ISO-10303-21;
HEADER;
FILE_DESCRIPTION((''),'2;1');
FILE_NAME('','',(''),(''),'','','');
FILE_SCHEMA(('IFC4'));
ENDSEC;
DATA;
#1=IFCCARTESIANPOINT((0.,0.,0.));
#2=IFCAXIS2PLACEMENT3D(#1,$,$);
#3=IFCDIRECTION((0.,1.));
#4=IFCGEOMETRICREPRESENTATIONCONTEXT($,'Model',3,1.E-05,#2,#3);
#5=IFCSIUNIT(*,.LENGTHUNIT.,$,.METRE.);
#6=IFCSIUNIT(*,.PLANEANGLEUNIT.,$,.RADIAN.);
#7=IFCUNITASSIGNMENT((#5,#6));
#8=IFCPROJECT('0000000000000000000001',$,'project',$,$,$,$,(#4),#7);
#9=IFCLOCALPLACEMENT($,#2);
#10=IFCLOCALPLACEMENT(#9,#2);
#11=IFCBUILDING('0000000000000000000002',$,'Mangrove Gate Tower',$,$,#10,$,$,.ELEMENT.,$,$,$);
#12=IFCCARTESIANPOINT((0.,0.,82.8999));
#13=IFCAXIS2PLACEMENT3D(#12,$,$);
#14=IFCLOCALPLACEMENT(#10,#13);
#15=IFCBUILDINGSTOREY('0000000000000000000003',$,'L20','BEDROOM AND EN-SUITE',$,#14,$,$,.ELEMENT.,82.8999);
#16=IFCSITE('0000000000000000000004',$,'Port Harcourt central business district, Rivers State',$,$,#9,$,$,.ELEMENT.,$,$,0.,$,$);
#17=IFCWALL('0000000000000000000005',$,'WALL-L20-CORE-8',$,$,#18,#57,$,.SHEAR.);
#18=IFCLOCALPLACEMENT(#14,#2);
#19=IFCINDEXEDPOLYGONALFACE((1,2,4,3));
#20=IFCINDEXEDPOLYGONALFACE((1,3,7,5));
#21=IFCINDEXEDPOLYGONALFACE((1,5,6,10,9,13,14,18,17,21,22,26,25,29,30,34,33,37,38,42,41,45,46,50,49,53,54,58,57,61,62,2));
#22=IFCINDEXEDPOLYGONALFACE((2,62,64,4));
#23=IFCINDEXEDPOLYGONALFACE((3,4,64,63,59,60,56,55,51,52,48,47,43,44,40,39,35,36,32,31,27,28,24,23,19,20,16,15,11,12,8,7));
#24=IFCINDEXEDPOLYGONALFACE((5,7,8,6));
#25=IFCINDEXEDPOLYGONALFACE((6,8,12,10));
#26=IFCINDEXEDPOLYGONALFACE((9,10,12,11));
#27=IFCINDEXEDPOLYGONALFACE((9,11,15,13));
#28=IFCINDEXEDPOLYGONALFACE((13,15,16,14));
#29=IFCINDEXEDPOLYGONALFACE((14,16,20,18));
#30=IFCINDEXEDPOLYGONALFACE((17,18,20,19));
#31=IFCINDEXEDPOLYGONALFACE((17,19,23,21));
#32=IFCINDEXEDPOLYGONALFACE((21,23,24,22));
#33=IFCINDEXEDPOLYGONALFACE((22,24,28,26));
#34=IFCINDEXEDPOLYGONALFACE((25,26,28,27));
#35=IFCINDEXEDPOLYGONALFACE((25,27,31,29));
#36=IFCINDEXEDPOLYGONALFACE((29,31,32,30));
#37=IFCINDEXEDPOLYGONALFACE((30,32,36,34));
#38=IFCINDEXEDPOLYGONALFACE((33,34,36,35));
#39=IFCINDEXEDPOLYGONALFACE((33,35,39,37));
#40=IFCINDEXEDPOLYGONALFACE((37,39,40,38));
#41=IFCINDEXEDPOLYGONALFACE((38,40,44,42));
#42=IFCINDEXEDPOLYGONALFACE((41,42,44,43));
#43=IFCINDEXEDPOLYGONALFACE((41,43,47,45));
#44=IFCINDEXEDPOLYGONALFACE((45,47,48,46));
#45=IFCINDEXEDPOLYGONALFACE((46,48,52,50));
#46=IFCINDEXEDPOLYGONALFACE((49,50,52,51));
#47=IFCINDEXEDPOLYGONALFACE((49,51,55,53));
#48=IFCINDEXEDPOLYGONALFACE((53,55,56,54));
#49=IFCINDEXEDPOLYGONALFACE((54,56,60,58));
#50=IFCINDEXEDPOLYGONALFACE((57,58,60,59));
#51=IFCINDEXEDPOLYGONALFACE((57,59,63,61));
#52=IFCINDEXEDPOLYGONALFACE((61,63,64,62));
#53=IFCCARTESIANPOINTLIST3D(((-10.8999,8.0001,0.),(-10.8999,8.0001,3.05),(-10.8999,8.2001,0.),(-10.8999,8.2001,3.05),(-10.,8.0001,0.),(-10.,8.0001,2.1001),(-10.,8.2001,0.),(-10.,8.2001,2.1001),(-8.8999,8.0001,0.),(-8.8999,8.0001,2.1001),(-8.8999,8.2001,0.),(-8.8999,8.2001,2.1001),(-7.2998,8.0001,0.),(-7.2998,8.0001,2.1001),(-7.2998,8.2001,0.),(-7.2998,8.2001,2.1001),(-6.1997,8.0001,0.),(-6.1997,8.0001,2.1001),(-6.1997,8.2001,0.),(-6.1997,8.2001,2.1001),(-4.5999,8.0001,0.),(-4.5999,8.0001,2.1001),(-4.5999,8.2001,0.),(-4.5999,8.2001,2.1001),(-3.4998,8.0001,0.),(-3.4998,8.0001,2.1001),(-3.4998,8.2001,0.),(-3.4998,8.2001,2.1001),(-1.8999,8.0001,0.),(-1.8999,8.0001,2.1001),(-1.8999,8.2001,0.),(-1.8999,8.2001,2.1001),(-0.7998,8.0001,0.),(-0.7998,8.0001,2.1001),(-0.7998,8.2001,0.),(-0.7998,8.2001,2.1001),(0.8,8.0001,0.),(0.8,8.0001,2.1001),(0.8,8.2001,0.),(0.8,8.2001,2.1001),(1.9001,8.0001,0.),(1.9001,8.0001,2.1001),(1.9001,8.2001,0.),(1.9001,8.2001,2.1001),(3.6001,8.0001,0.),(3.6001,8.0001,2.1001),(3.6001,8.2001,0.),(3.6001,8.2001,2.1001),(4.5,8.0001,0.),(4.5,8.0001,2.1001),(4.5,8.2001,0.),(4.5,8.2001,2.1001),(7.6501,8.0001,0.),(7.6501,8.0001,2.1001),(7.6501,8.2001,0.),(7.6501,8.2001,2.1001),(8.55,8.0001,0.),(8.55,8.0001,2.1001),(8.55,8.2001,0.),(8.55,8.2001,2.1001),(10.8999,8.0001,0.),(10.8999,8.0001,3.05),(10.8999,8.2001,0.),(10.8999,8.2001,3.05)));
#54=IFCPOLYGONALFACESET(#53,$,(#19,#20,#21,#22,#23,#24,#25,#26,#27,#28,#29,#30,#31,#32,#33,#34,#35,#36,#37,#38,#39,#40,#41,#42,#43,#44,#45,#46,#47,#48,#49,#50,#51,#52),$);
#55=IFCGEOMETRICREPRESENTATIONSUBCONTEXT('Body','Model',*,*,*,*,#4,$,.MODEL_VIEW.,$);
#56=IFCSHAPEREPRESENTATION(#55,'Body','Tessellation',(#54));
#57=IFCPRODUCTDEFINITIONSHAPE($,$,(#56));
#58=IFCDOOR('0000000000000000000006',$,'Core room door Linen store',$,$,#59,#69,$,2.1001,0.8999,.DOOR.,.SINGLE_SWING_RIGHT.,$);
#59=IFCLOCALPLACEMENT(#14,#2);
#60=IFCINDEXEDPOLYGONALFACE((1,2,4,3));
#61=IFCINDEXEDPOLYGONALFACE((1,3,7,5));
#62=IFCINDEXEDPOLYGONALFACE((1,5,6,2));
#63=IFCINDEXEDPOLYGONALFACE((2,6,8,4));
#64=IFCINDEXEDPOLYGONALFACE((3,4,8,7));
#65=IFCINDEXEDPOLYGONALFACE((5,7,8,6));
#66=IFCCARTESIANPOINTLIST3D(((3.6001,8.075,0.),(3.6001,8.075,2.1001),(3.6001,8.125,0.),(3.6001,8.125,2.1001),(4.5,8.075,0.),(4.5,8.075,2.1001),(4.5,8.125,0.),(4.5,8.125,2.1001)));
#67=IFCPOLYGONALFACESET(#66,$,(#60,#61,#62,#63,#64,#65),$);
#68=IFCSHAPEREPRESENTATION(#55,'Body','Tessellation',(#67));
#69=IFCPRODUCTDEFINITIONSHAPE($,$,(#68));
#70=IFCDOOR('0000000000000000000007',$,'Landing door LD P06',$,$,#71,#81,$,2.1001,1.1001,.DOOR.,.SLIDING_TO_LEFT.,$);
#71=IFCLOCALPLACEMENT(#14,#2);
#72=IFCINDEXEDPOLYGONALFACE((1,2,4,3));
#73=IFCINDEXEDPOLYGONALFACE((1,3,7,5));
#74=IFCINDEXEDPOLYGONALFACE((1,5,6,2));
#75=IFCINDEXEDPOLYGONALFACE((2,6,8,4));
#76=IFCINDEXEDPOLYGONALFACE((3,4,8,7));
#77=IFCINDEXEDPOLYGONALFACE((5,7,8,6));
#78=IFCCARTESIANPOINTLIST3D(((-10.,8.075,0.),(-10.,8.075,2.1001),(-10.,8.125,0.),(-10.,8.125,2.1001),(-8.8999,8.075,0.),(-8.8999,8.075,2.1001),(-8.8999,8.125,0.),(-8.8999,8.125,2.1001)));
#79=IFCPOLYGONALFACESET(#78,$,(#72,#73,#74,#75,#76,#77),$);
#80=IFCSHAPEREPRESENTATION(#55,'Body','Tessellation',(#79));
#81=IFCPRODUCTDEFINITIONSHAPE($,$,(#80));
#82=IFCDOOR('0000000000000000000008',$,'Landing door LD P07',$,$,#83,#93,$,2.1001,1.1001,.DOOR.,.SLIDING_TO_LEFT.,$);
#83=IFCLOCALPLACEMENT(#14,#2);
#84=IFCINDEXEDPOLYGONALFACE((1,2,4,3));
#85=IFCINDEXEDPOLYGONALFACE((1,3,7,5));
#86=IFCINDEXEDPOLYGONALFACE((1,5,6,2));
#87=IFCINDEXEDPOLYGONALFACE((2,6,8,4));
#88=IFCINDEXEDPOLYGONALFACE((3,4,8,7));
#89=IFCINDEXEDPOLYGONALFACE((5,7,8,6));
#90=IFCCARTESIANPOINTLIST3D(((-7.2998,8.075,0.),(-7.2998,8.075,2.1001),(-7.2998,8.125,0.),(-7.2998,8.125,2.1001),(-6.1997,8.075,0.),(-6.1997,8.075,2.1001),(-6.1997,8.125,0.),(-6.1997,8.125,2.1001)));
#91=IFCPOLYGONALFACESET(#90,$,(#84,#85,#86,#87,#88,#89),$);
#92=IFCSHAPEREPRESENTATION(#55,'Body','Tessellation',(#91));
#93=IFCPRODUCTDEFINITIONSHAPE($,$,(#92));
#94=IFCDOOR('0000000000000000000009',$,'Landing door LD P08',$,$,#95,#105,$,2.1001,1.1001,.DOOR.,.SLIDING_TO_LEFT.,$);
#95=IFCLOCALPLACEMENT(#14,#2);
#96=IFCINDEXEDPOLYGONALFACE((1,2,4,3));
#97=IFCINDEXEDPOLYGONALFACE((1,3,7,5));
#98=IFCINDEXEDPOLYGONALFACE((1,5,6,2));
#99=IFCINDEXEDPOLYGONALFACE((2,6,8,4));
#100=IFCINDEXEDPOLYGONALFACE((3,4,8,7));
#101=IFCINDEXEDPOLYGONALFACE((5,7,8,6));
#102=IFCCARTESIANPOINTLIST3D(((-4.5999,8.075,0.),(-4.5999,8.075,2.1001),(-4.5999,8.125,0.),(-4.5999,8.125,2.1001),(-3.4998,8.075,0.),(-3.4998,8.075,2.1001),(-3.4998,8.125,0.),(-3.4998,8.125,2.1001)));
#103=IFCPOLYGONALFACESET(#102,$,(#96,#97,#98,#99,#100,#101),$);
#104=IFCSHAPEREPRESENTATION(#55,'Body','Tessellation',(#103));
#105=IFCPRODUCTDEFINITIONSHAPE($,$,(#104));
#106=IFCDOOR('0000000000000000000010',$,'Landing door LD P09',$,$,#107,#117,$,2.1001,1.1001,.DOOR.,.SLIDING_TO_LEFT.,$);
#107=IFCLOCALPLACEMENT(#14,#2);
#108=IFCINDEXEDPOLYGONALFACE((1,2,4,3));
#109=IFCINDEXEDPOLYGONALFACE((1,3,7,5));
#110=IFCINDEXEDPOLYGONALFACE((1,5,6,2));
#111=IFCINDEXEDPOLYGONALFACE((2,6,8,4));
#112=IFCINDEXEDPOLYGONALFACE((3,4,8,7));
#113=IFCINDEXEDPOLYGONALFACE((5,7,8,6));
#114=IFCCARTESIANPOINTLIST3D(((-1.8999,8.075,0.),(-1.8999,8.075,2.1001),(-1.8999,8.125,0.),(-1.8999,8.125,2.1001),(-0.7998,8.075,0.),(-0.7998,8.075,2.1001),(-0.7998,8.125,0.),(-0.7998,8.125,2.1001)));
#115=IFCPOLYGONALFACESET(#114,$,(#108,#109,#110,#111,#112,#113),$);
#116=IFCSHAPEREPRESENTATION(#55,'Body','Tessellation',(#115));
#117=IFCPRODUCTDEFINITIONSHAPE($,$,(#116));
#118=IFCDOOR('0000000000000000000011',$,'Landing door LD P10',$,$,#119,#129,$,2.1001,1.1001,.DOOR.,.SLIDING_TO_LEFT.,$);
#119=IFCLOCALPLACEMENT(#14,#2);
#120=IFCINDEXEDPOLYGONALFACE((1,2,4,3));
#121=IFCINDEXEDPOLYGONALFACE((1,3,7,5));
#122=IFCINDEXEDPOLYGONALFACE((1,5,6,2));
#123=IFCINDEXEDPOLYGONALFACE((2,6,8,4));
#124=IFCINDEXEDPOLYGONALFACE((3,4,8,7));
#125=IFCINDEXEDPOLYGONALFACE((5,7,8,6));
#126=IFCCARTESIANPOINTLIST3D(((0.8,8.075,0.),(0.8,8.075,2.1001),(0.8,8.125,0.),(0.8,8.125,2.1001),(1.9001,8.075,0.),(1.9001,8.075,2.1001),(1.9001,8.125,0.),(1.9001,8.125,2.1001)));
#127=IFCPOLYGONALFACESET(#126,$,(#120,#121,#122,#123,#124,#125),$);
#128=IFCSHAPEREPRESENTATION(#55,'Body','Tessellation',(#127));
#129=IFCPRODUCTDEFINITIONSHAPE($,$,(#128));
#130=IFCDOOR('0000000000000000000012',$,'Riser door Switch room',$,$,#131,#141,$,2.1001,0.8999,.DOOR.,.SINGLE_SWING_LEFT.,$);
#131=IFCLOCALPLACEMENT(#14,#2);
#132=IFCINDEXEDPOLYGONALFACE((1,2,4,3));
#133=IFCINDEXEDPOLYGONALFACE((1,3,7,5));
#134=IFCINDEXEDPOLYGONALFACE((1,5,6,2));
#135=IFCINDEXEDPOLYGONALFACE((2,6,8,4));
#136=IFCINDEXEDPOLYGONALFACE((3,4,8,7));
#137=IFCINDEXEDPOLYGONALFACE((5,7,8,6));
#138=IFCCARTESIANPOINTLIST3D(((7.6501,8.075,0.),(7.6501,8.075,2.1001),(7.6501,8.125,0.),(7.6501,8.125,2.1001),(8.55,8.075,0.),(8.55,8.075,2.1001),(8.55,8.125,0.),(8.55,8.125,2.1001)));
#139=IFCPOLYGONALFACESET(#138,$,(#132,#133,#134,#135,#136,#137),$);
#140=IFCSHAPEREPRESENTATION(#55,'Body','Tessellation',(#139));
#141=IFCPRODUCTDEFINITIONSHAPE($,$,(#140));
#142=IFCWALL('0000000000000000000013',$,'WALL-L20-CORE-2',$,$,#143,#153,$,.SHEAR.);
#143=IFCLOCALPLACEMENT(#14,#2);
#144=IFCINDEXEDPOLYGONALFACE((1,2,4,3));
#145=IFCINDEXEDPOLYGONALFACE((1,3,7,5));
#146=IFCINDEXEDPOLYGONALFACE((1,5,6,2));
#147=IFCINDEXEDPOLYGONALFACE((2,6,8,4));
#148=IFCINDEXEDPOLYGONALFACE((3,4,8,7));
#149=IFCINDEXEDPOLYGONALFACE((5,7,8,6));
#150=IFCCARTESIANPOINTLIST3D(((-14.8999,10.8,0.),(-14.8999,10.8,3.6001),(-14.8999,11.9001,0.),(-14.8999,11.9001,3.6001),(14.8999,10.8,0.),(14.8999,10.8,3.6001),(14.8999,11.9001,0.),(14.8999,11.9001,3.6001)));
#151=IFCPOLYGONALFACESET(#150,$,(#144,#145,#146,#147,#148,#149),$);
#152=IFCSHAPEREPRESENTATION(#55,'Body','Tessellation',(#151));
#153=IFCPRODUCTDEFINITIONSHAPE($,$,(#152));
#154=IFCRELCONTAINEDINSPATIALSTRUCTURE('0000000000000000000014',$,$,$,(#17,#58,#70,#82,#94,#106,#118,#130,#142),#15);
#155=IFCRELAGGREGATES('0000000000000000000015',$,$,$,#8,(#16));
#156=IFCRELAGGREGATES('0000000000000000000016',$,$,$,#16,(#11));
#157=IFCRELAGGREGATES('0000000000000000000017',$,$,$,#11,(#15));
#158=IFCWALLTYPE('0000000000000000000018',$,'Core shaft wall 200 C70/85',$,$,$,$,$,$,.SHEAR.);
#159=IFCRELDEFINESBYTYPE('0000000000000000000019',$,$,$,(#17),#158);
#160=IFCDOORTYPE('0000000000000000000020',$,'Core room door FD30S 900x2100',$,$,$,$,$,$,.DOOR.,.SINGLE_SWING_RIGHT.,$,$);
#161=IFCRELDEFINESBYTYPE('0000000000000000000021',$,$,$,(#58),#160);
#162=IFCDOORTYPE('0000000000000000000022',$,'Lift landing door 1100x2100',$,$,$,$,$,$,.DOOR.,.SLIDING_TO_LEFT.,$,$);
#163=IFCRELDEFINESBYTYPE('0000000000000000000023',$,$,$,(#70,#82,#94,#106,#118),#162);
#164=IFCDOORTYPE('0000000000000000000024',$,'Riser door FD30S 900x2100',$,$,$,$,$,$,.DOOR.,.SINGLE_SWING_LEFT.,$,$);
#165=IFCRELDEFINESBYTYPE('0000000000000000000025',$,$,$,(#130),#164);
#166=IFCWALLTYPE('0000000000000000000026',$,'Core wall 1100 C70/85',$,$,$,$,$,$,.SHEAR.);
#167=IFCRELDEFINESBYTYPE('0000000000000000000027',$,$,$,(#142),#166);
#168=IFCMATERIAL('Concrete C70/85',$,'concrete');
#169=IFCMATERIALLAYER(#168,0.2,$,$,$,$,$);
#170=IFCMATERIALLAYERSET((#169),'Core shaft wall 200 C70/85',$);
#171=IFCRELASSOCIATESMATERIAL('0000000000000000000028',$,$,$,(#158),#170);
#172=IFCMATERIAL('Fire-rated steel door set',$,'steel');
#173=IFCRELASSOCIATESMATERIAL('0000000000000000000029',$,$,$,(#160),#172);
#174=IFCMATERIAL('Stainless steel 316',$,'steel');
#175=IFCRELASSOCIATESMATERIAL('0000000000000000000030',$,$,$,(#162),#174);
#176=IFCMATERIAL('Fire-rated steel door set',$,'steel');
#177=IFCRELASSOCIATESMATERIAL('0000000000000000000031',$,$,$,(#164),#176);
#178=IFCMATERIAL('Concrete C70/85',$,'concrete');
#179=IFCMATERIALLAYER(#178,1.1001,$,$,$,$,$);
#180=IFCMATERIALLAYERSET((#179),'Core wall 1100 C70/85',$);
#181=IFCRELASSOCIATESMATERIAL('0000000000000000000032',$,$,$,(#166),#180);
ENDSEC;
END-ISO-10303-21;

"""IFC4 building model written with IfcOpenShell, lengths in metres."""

from ifc_helpers import new_model, si_unit, direction, frame, frame_2d, origin, place, context, subcontext, project, spatial, rectangle, extrude, material, layer, layer_set, type_object, element, fill, save


model = new_model("IFC4")

# Units and contexts
model_context = context("Model", 3, precision=1e-05, world=origin(), true_north=direction((0.0, 1.0)))
body_context = subcontext(model_context, "Body", "Model", "MODEL_VIEW")
ifc_project = project(units=[si_unit("LENGTHUNIT", "METRE"), si_unit("PLANEANGLEUNIT", "RADIAN")], contexts=[model_context])

# Site, building, storey
site_placement = place(None, origin())
site = spatial("IfcSite", under=ifc_project, at=site_placement, Name="Port Harcourt central business district, Rivers State", CompositionType="ELEMENT", RefElevation=0.0)
building_placement = place(site_placement, origin())
building = spatial("IfcBuilding", under=site, at=building_placement, Name="Mangrove Gate Tower", CompositionType="ELEMENT")
storey_placement = place(building_placement, frame((0.0, 0.0, 82.8999)))
storey = spatial("IfcBuildingStorey", under=building, at=storey_placement, Name="L20", Description="BEDROOM AND EN-SUITE", CompositionType="ELEMENT", Elevation=82.8999)

# Wall, openings, doors
ifc_material_1 = material(Name="Concrete C70/85", Category="concrete")
ifc_layer_1 = layer(ifc_material_1, 0.2)
ifc_layer_set_1 = layer_set([ifc_layer_1], Name="Core shaft wall 200 C70/85")
wall_type_1 = type_object("IfcWallType", Name="Core shaft wall 200 C70/85", PredefinedType="SHEAR", material=ifc_layer_set_1)
wall_1_placement = place(storey_placement, frame((-10.8999, 8.1001, 0.0), z_axis=(0.0, 0.0, 1.0), x_axis=(1.0, 0.0, 0.0)))
wall_1 = element("IfcWall", 1, at=wall_1_placement, inside=storey, type_object=wall_type_1, Name="WALL-L20-CORE-8", PredefinedType="SHEAR", context=body_context, shape_type="SweptSolid", body=[
    extrude(rectangle(XDim=21.7998, YDim=0.2, at=frame_2d((10.8999, 0.0))), origin(), (0.0, 0.0, 1.0), 3.05),
])
opening_1_placement = place(wall_1_placement, frame((0.8999, 0.0, 0.0)))
opening_1 = element("IfcOpeningElement", 2, at=opening_1_placement, cuts=wall_1, PredefinedType="OPENING", context=body_context, shape_type="SweptSolid", body=[
    extrude(rectangle(XDim=1.1001, YDim=2.1001, at=frame_2d((0.55, 1.05))), frame((0.0, 0.1099, 0.0), z_axis=(0.0, -1.0, 0.0), x_axis=(1.0, 0.0, 0.0)), (0.0, 0.0, 1.0), 0.22),
])
opening_2_placement = place(wall_1_placement, frame((3.6001, 0.0, 0.0)))
opening_2 = element("IfcOpeningElement", 3, at=opening_2_placement, cuts=wall_1, PredefinedType="OPENING", context=body_context, shape_type="SweptSolid", body=[
    extrude(rectangle(XDim=1.1001, YDim=2.1001, at=frame_2d((0.55, 1.05))), frame((0.0, 0.1099, 0.0), z_axis=(0.0, -1.0, 0.0), x_axis=(1.0, 0.0, 0.0)), (0.0, 0.0, 1.0), 0.22),
])
opening_3_placement = place(wall_1_placement, frame((6.3, 0.0, 0.0)))
opening_3 = element("IfcOpeningElement", 4, at=opening_3_placement, cuts=wall_1, PredefinedType="OPENING", context=body_context, shape_type="SweptSolid", body=[
    extrude(rectangle(XDim=1.1001, YDim=2.1001, at=frame_2d((0.55, 1.05))), frame((0.0, 0.1099, 0.0), z_axis=(0.0, -1.0, 0.0), x_axis=(1.0, 0.0, 0.0)), (0.0, 0.0, 1.0), 0.22),
])
opening_4_placement = place(wall_1_placement, frame((9.0, 0.0, 0.0)))
opening_4 = element("IfcOpeningElement", 5, at=opening_4_placement, cuts=wall_1, PredefinedType="OPENING", context=body_context, shape_type="SweptSolid", body=[
    extrude(rectangle(XDim=1.1001, YDim=2.1001, at=frame_2d((0.55, 1.05))), frame((0.0, 0.1099, 0.0), z_axis=(0.0, -1.0, 0.0), x_axis=(1.0, 0.0, 0.0)), (0.0, 0.0, 1.0), 0.22),
])
opening_5_placement = place(wall_1_placement, frame((11.7, 0.0, 0.0)))
opening_5 = element("IfcOpeningElement", 6, at=opening_5_placement, cuts=wall_1, PredefinedType="OPENING", context=body_context, shape_type="SweptSolid", body=[
    extrude(rectangle(XDim=1.1001, YDim=2.1001, at=frame_2d((0.55, 1.05))), frame((0.0, 0.1099, 0.0), z_axis=(0.0, -1.0, 0.0), x_axis=(1.0, 0.0, 0.0)), (0.0, 0.0, 1.0), 0.22),
])
opening_6_placement = place(wall_1_placement, frame((14.5, 0.0, 0.0)))
opening_6 = element("IfcOpeningElement", 7, at=opening_6_placement, cuts=wall_1, PredefinedType="OPENING", context=body_context, shape_type="SweptSolid", body=[
    extrude(rectangle(XDim=0.8999, YDim=2.1001, at=frame_2d((0.45, 1.05))), frame((0.0, 0.1099, 0.0), z_axis=(0.0, -1.0, 0.0), x_axis=(1.0, 0.0, 0.0)), (0.0, 0.0, 1.0), 0.22),
])
opening_7_placement = place(wall_1_placement, frame((18.55, 0.0, 0.0)))
opening_7 = element("IfcOpeningElement", 8, at=opening_7_placement, cuts=wall_1, PredefinedType="OPENING", context=body_context, shape_type="SweptSolid", body=[
    extrude(rectangle(XDim=0.8999, YDim=2.1001, at=frame_2d((0.45, 1.05))), frame((0.0, 0.1099, 0.0), z_axis=(0.0, -1.0, 0.0), x_axis=(1.0, 0.0, 0.0)), (0.0, 0.0, 1.0), 0.22),
])
ifc_material_2 = material(Name="Fire-rated steel door set", Category="steel")
door_type_1 = type_object("IfcDoorType", Name="Core room door FD30S 900x2100", OperationType="SINGLE_SWING_RIGHT", PredefinedType="DOOR", material=ifc_material_2)
door_1_placement = place(opening_6_placement, origin())
door_1 = element("IfcDoor", 9, at=door_1_placement, inside=storey, type_object=door_type_1, Name="Core room door Linen store", OperationType="SINGLE_SWING_RIGHT", OverallHeight=2.1001, OverallWidth=0.8999, PredefinedType="DOOR", context=body_context, shape_type="SweptSolid", body=[
    extrude(rectangle(XDim=0.8999, YDim=2.1001, at=frame_2d((0.45, 1.05))), frame((0.0, 0.0249, 0.0), z_axis=(0.0, -1.0, 0.0), x_axis=(1.0, 0.0, 0.0)), (0.0, 0.0, 1.0), 0.05),
])
fill(opening_6, door_1)
ifc_material_3 = material(Name="Stainless steel 316", Category="steel")
door_type_2 = type_object("IfcDoorType", Name="Lift landing door 1100x2100", OperationType="SLIDING_TO_LEFT", PredefinedType="DOOR", material=ifc_material_3)
door_2_placement = place(opening_1_placement, origin())
door_2 = element("IfcDoor", 10, at=door_2_placement, inside=storey, type_object=door_type_2, Name="Landing door LD P06", OperationType="SLIDING_TO_LEFT", OverallHeight=2.1001, OverallWidth=1.1001, PredefinedType="DOOR", context=body_context, shape_type="SweptSolid", body=[
    extrude(rectangle(XDim=1.1001, YDim=2.1001, at=frame_2d((0.55, 1.05))), frame((0.0, 0.0249, 0.0), z_axis=(0.0, -1.0, 0.0), x_axis=(1.0, 0.0, 0.0)), (0.0, 0.0, 1.0), 0.05),
])
fill(opening_1, door_2)
door_3_placement = place(opening_2_placement, origin())
door_3 = element("IfcDoor", 11, at=door_3_placement, inside=storey, type_object=door_type_2, Name="Landing door LD P07", OperationType="SLIDING_TO_LEFT", OverallHeight=2.1001, OverallWidth=1.1001, PredefinedType="DOOR", context=body_context, shape_type="SweptSolid", body=[
    extrude(rectangle(XDim=1.1001, YDim=2.1001, at=frame_2d((0.55, 1.05))), frame((0.0, 0.0249, 0.0), z_axis=(0.0, -1.0, 0.0), x_axis=(1.0, 0.0, 0.0)), (0.0, 0.0, 1.0), 0.05),
])
fill(opening_2, door_3)
door_4_placement = place(opening_3_placement, origin())
door_4 = element("IfcDoor", 12, at=door_4_placement, inside=storey, type_object=door_type_2, Name="Landing door LD P08", OperationType="SLIDING_TO_LEFT", OverallHeight=2.1001, OverallWidth=1.1001, PredefinedType="DOOR", context=body_context, shape_type="SweptSolid", body=[
    extrude(rectangle(XDim=1.1001, YDim=2.1001, at=frame_2d((0.55, 1.05))), frame((0.0, 0.0249, 0.0), z_axis=(0.0, -1.0, 0.0), x_axis=(1.0, 0.0, 0.0)), (0.0, 0.0, 1.0), 0.05),
])
fill(opening_3, door_4)
door_5_placement = place(opening_4_placement, origin())
door_5 = element("IfcDoor", 13, at=door_5_placement, inside=storey, type_object=door_type_2, Name="Landing door LD P09", OperationType="SLIDING_TO_LEFT", OverallHeight=2.1001, OverallWidth=1.1001, PredefinedType="DOOR", context=body_context, shape_type="SweptSolid", body=[
    extrude(rectangle(XDim=1.1001, YDim=2.1001, at=frame_2d((0.55, 1.05))), frame((0.0, 0.0249, 0.0), z_axis=(0.0, -1.0, 0.0), x_axis=(1.0, 0.0, 0.0)), (0.0, 0.0, 1.0), 0.05),
])
fill(opening_4, door_5)
door_6_placement = place(opening_5_placement, origin())
door_6 = element("IfcDoor", 14, at=door_6_placement, inside=storey, type_object=door_type_2, Name="Landing door LD P10", OperationType="SLIDING_TO_LEFT", OverallHeight=2.1001, OverallWidth=1.1001, PredefinedType="DOOR", context=body_context, shape_type="SweptSolid", body=[
    extrude(rectangle(XDim=1.1001, YDim=2.1001, at=frame_2d((0.55, 1.05))), frame((0.0, 0.0249, 0.0), z_axis=(0.0, -1.0, 0.0), x_axis=(1.0, 0.0, 0.0)), (0.0, 0.0, 1.0), 0.05),
])
fill(opening_5, door_6)
ifc_material_4 = material(Name="Fire-rated steel door set", Category="steel")
door_type_3 = type_object("IfcDoorType", Name="Riser door FD30S 900x2100", OperationType="SINGLE_SWING_LEFT", PredefinedType="DOOR", material=ifc_material_4)
door_7_placement = place(opening_7_placement, origin())
door_7 = element("IfcDoor", 15, at=door_7_placement, inside=storey, type_object=door_type_3, Name="Riser door Switch room", OperationType="SINGLE_SWING_LEFT", OverallHeight=2.1001, OverallWidth=0.8999, PredefinedType="DOOR", context=body_context, shape_type="SweptSolid", body=[
    extrude(rectangle(XDim=0.8999, YDim=2.1001, at=frame_2d((0.45, 1.05))), frame((0.0, 0.0249, 0.0), z_axis=(0.0, -1.0, 0.0), x_axis=(1.0, 0.0, 0.0)), (0.0, 0.0, 1.0), 0.05),
])
fill(opening_7, door_7)

# Wall
ifc_material_5 = material(Name="Concrete C70/85", Category="concrete")
ifc_layer_2 = layer(ifc_material_5, 1.1001)
ifc_layer_set_2 = layer_set([ifc_layer_2], Name="Core wall 1100 C70/85")
wall_type_2 = type_object("IfcWallType", Name="Core wall 1100 C70/85", PredefinedType="SHEAR", material=ifc_layer_set_2)
wall_2_placement = place(storey_placement, frame((-14.8999, 11.3501, 0.0), z_axis=(0.0, 0.0, 1.0), x_axis=(1.0, 0.0, 0.0)))
element("IfcWall", 16, at=wall_2_placement, inside=storey, type_object=wall_type_2, Name="WALL-L20-CORE-2", PredefinedType="SHEAR", context=body_context, shape_type="SweptSolid", body=[
    extrude(rectangle(XDim=29.7998, YDim=1.1001, at=frame_2d((14.8999, 0.0))), origin(), (0.0, 0.0, 1.0), 3.6001),
])

save(model, "model.ifc")
